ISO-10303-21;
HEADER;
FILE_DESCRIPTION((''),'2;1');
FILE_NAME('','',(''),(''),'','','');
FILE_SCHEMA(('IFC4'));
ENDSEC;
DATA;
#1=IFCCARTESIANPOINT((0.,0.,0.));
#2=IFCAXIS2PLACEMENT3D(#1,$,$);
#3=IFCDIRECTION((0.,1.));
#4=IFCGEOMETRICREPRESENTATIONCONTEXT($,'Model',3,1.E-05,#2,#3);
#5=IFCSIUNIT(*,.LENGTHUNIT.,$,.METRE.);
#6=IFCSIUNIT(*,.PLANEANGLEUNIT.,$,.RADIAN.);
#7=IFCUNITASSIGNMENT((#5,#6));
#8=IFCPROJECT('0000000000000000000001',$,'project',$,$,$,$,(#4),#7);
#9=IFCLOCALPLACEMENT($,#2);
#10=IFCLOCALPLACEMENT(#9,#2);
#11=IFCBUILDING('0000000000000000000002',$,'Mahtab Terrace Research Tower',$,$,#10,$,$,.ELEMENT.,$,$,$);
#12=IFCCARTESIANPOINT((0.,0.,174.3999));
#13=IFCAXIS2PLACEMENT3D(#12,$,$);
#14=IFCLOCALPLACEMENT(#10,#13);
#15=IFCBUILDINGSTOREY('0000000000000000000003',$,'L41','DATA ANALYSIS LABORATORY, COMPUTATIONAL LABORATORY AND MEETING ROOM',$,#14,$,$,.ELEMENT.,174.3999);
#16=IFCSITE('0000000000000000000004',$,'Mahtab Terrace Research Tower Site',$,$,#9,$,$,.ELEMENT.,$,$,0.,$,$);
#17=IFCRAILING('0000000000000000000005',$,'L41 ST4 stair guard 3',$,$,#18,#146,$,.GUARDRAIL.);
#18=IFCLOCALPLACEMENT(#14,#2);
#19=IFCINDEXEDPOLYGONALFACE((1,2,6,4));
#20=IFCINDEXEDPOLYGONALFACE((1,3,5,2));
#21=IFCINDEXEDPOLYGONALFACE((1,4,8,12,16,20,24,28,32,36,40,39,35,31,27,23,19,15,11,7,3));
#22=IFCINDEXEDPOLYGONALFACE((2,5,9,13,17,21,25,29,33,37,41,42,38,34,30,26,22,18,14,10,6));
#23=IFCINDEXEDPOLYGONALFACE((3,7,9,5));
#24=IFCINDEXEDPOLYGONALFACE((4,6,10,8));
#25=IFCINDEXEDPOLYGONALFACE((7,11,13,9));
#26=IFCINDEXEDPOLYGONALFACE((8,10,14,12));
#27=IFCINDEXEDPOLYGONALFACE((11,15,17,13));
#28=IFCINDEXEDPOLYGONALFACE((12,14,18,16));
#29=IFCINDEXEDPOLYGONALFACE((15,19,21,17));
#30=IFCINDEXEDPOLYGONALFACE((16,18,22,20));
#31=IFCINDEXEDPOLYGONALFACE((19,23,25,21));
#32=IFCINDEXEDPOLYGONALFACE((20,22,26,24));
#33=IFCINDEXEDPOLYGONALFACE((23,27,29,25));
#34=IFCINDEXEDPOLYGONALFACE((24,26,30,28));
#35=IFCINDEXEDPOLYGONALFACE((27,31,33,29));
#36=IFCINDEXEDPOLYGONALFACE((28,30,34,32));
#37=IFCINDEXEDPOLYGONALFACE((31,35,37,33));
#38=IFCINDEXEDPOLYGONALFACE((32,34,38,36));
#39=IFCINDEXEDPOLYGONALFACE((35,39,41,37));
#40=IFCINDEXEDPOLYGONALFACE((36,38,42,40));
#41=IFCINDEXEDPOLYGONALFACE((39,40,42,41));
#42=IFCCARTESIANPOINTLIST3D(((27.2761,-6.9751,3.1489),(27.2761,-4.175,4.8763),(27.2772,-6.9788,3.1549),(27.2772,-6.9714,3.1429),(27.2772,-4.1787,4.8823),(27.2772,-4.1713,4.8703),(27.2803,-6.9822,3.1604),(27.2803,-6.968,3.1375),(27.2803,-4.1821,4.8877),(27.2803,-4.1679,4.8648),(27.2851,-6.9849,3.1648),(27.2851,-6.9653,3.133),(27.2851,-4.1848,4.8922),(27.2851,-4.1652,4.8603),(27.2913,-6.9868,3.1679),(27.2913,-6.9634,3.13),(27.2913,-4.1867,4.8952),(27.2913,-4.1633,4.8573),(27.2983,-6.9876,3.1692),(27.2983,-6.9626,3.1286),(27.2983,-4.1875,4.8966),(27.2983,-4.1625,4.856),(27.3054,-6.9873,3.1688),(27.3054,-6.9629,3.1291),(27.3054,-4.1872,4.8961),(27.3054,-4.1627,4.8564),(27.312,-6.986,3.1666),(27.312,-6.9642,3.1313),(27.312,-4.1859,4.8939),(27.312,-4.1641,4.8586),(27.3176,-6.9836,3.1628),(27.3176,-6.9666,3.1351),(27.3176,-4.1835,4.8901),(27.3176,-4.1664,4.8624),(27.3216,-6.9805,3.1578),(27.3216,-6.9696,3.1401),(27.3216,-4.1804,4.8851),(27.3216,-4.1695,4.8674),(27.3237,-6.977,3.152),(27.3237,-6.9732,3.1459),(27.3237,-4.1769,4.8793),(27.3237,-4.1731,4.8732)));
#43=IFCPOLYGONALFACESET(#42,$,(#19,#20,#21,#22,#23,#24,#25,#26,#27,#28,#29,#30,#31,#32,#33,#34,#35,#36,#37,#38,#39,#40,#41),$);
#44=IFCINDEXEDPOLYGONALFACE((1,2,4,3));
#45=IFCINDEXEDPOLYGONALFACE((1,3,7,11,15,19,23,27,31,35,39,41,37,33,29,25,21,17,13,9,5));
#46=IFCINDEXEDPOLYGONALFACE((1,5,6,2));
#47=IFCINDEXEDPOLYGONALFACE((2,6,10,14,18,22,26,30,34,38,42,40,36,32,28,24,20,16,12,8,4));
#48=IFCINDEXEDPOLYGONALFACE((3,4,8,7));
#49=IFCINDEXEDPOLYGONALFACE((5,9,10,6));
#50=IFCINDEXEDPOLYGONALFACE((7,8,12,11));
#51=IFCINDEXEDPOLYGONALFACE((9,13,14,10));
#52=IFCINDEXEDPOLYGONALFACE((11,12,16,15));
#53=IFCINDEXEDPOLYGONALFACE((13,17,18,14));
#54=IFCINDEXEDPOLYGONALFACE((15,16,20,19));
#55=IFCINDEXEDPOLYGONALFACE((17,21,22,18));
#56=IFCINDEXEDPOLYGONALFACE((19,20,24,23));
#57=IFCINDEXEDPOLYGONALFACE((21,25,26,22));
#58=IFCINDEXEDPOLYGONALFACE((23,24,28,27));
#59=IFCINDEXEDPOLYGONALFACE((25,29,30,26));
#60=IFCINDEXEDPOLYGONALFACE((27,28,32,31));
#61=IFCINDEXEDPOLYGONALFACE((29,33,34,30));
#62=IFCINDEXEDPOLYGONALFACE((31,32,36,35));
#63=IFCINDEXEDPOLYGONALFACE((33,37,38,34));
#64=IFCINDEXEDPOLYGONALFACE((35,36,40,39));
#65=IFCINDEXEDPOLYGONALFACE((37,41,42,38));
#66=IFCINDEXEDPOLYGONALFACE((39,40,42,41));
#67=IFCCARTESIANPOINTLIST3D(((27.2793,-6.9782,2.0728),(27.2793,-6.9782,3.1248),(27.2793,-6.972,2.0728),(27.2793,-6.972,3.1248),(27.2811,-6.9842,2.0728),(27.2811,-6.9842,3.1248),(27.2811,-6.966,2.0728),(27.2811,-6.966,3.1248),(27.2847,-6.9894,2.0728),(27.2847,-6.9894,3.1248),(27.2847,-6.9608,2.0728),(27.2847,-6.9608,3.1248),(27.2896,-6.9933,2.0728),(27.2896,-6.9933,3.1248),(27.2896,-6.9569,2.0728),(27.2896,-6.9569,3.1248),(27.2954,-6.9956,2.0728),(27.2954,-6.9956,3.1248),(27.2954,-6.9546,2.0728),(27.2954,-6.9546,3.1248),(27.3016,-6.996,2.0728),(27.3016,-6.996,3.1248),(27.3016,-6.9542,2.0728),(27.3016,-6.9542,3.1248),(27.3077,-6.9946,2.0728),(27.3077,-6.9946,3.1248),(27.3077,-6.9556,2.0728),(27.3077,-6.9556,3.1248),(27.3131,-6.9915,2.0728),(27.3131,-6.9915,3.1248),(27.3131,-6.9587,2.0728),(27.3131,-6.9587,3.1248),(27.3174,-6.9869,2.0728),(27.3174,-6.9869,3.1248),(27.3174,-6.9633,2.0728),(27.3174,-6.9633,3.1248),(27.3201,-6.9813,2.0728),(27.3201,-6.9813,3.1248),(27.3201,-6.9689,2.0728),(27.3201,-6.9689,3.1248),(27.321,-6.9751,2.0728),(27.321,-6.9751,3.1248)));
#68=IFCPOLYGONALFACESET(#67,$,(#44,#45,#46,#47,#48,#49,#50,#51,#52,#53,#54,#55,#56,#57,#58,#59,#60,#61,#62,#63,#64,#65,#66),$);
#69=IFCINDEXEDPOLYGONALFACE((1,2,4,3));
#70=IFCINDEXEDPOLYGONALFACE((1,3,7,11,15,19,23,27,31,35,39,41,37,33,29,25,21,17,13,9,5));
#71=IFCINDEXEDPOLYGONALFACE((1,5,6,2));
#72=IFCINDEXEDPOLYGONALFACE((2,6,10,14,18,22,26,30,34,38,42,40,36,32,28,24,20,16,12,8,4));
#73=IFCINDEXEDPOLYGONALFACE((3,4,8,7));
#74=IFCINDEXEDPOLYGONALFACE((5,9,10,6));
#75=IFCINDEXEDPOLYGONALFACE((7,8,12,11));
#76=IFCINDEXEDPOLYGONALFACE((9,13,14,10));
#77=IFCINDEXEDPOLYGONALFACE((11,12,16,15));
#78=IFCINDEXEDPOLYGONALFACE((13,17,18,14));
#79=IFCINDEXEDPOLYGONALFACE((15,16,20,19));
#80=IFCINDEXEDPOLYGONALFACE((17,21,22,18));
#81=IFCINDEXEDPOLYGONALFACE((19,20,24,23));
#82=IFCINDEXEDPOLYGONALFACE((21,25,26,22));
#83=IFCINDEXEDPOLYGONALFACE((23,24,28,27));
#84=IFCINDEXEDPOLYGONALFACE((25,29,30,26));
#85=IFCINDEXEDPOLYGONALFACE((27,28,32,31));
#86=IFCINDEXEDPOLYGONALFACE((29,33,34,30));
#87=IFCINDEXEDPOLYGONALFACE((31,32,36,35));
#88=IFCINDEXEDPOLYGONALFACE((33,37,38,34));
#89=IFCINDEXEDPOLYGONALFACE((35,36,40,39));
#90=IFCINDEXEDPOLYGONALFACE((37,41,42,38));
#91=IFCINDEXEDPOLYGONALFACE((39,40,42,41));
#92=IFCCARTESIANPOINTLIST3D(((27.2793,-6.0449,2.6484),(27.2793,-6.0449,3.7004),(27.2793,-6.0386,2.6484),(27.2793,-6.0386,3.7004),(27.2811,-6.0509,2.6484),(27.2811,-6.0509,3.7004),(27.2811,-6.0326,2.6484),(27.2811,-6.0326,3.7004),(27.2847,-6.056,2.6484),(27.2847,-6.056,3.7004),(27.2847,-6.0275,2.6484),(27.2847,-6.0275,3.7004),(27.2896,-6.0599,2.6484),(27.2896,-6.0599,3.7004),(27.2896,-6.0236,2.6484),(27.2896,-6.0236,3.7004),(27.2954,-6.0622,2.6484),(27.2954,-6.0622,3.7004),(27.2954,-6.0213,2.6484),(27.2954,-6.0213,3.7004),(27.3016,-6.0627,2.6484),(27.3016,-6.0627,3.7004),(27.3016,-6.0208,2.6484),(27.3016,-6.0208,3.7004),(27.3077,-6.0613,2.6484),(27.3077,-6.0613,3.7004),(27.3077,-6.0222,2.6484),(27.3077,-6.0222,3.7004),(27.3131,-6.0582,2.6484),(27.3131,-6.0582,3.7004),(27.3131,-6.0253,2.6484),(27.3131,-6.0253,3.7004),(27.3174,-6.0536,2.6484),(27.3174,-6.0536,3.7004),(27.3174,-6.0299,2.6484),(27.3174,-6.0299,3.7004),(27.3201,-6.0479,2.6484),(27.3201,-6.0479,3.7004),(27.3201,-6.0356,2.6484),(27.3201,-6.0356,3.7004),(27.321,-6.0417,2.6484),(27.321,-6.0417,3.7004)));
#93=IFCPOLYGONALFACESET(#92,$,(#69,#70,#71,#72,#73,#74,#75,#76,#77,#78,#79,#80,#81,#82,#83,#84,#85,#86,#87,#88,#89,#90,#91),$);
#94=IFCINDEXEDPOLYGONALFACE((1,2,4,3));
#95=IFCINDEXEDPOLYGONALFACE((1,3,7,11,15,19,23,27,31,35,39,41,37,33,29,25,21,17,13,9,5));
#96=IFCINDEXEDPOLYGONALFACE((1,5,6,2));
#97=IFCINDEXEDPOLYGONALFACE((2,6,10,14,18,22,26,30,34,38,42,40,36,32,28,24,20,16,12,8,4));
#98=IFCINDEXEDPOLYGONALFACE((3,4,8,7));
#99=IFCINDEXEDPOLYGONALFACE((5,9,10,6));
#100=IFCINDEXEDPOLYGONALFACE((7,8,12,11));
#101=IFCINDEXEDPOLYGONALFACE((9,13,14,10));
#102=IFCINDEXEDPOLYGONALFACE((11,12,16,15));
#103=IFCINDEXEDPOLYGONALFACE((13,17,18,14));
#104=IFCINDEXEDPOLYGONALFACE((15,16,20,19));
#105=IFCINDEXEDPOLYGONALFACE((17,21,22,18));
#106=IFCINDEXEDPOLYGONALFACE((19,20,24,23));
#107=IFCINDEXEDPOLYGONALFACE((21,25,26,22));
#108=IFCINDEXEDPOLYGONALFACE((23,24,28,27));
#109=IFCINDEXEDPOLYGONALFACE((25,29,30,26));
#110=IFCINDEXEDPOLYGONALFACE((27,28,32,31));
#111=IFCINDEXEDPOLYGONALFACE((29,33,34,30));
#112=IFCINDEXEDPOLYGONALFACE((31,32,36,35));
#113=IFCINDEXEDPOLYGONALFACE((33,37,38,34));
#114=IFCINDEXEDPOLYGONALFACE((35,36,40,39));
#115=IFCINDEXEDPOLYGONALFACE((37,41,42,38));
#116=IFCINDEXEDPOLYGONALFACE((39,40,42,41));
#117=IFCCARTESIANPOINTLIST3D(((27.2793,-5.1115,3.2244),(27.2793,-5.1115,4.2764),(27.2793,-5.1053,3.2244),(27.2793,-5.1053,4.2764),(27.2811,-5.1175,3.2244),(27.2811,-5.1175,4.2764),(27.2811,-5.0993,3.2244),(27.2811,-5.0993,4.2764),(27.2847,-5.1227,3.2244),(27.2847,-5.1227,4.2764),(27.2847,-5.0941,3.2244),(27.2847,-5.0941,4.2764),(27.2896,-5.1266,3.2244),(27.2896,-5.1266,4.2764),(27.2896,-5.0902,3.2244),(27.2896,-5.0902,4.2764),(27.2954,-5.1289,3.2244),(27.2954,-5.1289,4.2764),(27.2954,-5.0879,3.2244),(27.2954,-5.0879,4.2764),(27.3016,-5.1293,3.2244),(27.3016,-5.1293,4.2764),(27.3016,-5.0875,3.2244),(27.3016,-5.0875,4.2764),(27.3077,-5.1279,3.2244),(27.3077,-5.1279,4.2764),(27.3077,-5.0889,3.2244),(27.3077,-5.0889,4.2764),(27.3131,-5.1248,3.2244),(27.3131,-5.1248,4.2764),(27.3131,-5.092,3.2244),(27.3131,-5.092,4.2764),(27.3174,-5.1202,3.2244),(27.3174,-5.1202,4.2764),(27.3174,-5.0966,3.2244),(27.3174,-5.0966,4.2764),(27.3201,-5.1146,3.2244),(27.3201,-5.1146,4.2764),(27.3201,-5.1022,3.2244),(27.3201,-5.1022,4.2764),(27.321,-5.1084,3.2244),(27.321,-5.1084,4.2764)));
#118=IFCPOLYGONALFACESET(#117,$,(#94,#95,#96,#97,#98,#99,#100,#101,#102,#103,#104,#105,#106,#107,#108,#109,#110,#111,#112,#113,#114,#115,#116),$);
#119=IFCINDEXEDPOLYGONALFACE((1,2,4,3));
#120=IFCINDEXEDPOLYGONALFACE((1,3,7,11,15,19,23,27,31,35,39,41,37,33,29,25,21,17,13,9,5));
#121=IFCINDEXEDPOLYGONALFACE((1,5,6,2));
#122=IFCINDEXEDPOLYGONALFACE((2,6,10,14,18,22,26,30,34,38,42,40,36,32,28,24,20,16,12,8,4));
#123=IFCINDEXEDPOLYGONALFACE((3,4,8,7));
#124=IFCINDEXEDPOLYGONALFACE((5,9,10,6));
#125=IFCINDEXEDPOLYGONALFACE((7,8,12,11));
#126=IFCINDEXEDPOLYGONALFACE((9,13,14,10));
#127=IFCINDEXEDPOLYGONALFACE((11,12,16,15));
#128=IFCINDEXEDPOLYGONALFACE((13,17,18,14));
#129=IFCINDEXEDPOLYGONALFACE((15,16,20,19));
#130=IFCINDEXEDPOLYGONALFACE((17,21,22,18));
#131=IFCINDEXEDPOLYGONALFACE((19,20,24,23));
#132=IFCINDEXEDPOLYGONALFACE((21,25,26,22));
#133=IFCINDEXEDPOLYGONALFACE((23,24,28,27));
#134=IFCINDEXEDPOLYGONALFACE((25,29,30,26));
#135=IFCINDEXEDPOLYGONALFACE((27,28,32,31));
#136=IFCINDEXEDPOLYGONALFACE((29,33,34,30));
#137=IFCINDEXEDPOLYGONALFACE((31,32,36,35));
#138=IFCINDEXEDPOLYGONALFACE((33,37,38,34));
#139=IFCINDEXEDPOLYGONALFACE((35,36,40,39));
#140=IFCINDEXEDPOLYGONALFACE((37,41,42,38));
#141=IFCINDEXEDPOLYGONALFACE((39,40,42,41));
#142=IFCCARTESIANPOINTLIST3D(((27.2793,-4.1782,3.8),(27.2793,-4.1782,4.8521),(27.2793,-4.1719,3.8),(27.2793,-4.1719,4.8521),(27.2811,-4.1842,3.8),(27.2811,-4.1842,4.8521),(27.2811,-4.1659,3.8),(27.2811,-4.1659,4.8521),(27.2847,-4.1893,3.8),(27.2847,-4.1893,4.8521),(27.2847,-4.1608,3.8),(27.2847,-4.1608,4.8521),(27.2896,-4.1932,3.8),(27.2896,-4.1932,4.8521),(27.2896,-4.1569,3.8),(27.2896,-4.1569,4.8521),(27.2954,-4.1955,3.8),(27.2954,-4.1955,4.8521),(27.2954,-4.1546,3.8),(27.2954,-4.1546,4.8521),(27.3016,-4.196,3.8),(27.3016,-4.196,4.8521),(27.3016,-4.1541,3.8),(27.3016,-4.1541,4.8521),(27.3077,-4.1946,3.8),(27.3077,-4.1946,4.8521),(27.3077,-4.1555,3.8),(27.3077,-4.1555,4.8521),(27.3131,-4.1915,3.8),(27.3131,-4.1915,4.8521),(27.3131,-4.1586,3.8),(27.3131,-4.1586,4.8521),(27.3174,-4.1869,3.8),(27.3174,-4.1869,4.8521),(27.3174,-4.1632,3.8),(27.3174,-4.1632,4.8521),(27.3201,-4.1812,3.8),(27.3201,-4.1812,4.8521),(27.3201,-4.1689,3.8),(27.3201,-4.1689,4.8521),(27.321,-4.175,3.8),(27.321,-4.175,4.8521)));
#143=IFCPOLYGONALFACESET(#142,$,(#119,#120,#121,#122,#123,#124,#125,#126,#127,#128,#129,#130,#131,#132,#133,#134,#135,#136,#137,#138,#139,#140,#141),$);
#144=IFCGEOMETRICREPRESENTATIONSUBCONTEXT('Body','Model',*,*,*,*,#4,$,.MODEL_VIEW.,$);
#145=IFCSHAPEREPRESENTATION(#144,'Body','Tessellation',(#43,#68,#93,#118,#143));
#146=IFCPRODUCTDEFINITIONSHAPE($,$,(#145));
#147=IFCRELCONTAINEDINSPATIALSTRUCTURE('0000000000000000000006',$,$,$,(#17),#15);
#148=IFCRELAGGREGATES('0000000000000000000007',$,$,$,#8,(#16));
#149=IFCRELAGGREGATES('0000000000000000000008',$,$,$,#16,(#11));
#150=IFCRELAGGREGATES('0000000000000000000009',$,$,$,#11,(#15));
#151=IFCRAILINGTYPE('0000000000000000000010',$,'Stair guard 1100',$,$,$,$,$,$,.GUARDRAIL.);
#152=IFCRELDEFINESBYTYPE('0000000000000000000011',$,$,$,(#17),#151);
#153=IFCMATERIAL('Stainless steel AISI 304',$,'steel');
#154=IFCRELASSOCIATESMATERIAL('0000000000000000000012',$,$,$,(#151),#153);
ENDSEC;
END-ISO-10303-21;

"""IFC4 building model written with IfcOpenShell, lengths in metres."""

from ifc_helpers import new_model, si_unit, direction, frame, origin, origin_2d, place, context, subcontext, project, spatial, circle, extrude, material, type_object, element, save


model = new_model("IFC4")

# Units and contexts
model_context = context("Model", 3, precision=1e-05, world=origin(), true_north=direction((0.0, 1.0)))
body_context = subcontext(model_context, "Body", "Model", "MODEL_VIEW")
ifc_project = project(units=[si_unit("LENGTHUNIT", "METRE"), si_unit("PLANEANGLEUNIT", "RADIAN")], contexts=[model_context])

# Site, building, storey
site_placement = place(None, origin())
site = spatial("IfcSite", under=ifc_project, at=site_placement, Name="Mahtab Terrace Research Tower Site", CompositionType="ELEMENT", RefElevation=0.0)
building_placement = place(site_placement, origin())
building = spatial("IfcBuilding", under=site, at=building_placement, Name="Mahtab Terrace Research Tower", CompositionType="ELEMENT")
storey_placement = place(building_placement, frame((0.0, 0.0, 174.3999)))
storey = spatial("IfcBuildingStorey", under=building, at=storey_placement, Name="L41", Description="DATA ANALYSIS LABORATORY, COMPUTATIONAL LABORATORY AND MEETING ROOM", CompositionType="ELEMENT", Elevation=174.3999)

# Railing
ifc_material_1 = material(Name="Stainless steel AISI 304", Category="steel")
railing_type_1 = type_object("IfcRailingType", Name="Stair guard 1100", PredefinedType="GUARDRAIL", material=ifc_material_1)
railing_1_placement = place(storey_placement, frame((27.3, -6.9751, 2.0728)))
element("IfcRailing", 1, at=railing_1_placement, inside=storey, type_object=railing_type_1, Name="L41 ST4 stair guard 3", PredefinedType="GUARDRAIL", context=body_context, shape_type="SweptSolid", body=[
    extrude(circle(Radius=0.0239, at=origin_2d()), frame((0.0, 0.0, 1.0762), z_axis=(0.0, 0.85109, 0.52502), x_axis=(-1.0, 0.0, 0.0)), (0.0, 0.0, 1.0), 3.29),
    extrude(circle(Radius=0.021, at=origin_2d()), origin(), (0.0, 0.0, 1.0), 1.052),
    extrude(circle(Radius=0.021, at=origin_2d()), frame((0.0, 0.9333, 0.5757)), (0.0, 0.0, 1.0), 1.052),
    extrude(circle(Radius=0.021, at=origin_2d()), frame((0.0, 1.8667, 1.1516)), (0.0, 0.0, 1.0), 1.052),
    extrude(circle(Radius=0.021, at=origin_2d()), frame((0.0, 2.8, 1.7273)), (0.0, 0.0, 1.0), 1.052),
])

save(model, "model.ifc")
